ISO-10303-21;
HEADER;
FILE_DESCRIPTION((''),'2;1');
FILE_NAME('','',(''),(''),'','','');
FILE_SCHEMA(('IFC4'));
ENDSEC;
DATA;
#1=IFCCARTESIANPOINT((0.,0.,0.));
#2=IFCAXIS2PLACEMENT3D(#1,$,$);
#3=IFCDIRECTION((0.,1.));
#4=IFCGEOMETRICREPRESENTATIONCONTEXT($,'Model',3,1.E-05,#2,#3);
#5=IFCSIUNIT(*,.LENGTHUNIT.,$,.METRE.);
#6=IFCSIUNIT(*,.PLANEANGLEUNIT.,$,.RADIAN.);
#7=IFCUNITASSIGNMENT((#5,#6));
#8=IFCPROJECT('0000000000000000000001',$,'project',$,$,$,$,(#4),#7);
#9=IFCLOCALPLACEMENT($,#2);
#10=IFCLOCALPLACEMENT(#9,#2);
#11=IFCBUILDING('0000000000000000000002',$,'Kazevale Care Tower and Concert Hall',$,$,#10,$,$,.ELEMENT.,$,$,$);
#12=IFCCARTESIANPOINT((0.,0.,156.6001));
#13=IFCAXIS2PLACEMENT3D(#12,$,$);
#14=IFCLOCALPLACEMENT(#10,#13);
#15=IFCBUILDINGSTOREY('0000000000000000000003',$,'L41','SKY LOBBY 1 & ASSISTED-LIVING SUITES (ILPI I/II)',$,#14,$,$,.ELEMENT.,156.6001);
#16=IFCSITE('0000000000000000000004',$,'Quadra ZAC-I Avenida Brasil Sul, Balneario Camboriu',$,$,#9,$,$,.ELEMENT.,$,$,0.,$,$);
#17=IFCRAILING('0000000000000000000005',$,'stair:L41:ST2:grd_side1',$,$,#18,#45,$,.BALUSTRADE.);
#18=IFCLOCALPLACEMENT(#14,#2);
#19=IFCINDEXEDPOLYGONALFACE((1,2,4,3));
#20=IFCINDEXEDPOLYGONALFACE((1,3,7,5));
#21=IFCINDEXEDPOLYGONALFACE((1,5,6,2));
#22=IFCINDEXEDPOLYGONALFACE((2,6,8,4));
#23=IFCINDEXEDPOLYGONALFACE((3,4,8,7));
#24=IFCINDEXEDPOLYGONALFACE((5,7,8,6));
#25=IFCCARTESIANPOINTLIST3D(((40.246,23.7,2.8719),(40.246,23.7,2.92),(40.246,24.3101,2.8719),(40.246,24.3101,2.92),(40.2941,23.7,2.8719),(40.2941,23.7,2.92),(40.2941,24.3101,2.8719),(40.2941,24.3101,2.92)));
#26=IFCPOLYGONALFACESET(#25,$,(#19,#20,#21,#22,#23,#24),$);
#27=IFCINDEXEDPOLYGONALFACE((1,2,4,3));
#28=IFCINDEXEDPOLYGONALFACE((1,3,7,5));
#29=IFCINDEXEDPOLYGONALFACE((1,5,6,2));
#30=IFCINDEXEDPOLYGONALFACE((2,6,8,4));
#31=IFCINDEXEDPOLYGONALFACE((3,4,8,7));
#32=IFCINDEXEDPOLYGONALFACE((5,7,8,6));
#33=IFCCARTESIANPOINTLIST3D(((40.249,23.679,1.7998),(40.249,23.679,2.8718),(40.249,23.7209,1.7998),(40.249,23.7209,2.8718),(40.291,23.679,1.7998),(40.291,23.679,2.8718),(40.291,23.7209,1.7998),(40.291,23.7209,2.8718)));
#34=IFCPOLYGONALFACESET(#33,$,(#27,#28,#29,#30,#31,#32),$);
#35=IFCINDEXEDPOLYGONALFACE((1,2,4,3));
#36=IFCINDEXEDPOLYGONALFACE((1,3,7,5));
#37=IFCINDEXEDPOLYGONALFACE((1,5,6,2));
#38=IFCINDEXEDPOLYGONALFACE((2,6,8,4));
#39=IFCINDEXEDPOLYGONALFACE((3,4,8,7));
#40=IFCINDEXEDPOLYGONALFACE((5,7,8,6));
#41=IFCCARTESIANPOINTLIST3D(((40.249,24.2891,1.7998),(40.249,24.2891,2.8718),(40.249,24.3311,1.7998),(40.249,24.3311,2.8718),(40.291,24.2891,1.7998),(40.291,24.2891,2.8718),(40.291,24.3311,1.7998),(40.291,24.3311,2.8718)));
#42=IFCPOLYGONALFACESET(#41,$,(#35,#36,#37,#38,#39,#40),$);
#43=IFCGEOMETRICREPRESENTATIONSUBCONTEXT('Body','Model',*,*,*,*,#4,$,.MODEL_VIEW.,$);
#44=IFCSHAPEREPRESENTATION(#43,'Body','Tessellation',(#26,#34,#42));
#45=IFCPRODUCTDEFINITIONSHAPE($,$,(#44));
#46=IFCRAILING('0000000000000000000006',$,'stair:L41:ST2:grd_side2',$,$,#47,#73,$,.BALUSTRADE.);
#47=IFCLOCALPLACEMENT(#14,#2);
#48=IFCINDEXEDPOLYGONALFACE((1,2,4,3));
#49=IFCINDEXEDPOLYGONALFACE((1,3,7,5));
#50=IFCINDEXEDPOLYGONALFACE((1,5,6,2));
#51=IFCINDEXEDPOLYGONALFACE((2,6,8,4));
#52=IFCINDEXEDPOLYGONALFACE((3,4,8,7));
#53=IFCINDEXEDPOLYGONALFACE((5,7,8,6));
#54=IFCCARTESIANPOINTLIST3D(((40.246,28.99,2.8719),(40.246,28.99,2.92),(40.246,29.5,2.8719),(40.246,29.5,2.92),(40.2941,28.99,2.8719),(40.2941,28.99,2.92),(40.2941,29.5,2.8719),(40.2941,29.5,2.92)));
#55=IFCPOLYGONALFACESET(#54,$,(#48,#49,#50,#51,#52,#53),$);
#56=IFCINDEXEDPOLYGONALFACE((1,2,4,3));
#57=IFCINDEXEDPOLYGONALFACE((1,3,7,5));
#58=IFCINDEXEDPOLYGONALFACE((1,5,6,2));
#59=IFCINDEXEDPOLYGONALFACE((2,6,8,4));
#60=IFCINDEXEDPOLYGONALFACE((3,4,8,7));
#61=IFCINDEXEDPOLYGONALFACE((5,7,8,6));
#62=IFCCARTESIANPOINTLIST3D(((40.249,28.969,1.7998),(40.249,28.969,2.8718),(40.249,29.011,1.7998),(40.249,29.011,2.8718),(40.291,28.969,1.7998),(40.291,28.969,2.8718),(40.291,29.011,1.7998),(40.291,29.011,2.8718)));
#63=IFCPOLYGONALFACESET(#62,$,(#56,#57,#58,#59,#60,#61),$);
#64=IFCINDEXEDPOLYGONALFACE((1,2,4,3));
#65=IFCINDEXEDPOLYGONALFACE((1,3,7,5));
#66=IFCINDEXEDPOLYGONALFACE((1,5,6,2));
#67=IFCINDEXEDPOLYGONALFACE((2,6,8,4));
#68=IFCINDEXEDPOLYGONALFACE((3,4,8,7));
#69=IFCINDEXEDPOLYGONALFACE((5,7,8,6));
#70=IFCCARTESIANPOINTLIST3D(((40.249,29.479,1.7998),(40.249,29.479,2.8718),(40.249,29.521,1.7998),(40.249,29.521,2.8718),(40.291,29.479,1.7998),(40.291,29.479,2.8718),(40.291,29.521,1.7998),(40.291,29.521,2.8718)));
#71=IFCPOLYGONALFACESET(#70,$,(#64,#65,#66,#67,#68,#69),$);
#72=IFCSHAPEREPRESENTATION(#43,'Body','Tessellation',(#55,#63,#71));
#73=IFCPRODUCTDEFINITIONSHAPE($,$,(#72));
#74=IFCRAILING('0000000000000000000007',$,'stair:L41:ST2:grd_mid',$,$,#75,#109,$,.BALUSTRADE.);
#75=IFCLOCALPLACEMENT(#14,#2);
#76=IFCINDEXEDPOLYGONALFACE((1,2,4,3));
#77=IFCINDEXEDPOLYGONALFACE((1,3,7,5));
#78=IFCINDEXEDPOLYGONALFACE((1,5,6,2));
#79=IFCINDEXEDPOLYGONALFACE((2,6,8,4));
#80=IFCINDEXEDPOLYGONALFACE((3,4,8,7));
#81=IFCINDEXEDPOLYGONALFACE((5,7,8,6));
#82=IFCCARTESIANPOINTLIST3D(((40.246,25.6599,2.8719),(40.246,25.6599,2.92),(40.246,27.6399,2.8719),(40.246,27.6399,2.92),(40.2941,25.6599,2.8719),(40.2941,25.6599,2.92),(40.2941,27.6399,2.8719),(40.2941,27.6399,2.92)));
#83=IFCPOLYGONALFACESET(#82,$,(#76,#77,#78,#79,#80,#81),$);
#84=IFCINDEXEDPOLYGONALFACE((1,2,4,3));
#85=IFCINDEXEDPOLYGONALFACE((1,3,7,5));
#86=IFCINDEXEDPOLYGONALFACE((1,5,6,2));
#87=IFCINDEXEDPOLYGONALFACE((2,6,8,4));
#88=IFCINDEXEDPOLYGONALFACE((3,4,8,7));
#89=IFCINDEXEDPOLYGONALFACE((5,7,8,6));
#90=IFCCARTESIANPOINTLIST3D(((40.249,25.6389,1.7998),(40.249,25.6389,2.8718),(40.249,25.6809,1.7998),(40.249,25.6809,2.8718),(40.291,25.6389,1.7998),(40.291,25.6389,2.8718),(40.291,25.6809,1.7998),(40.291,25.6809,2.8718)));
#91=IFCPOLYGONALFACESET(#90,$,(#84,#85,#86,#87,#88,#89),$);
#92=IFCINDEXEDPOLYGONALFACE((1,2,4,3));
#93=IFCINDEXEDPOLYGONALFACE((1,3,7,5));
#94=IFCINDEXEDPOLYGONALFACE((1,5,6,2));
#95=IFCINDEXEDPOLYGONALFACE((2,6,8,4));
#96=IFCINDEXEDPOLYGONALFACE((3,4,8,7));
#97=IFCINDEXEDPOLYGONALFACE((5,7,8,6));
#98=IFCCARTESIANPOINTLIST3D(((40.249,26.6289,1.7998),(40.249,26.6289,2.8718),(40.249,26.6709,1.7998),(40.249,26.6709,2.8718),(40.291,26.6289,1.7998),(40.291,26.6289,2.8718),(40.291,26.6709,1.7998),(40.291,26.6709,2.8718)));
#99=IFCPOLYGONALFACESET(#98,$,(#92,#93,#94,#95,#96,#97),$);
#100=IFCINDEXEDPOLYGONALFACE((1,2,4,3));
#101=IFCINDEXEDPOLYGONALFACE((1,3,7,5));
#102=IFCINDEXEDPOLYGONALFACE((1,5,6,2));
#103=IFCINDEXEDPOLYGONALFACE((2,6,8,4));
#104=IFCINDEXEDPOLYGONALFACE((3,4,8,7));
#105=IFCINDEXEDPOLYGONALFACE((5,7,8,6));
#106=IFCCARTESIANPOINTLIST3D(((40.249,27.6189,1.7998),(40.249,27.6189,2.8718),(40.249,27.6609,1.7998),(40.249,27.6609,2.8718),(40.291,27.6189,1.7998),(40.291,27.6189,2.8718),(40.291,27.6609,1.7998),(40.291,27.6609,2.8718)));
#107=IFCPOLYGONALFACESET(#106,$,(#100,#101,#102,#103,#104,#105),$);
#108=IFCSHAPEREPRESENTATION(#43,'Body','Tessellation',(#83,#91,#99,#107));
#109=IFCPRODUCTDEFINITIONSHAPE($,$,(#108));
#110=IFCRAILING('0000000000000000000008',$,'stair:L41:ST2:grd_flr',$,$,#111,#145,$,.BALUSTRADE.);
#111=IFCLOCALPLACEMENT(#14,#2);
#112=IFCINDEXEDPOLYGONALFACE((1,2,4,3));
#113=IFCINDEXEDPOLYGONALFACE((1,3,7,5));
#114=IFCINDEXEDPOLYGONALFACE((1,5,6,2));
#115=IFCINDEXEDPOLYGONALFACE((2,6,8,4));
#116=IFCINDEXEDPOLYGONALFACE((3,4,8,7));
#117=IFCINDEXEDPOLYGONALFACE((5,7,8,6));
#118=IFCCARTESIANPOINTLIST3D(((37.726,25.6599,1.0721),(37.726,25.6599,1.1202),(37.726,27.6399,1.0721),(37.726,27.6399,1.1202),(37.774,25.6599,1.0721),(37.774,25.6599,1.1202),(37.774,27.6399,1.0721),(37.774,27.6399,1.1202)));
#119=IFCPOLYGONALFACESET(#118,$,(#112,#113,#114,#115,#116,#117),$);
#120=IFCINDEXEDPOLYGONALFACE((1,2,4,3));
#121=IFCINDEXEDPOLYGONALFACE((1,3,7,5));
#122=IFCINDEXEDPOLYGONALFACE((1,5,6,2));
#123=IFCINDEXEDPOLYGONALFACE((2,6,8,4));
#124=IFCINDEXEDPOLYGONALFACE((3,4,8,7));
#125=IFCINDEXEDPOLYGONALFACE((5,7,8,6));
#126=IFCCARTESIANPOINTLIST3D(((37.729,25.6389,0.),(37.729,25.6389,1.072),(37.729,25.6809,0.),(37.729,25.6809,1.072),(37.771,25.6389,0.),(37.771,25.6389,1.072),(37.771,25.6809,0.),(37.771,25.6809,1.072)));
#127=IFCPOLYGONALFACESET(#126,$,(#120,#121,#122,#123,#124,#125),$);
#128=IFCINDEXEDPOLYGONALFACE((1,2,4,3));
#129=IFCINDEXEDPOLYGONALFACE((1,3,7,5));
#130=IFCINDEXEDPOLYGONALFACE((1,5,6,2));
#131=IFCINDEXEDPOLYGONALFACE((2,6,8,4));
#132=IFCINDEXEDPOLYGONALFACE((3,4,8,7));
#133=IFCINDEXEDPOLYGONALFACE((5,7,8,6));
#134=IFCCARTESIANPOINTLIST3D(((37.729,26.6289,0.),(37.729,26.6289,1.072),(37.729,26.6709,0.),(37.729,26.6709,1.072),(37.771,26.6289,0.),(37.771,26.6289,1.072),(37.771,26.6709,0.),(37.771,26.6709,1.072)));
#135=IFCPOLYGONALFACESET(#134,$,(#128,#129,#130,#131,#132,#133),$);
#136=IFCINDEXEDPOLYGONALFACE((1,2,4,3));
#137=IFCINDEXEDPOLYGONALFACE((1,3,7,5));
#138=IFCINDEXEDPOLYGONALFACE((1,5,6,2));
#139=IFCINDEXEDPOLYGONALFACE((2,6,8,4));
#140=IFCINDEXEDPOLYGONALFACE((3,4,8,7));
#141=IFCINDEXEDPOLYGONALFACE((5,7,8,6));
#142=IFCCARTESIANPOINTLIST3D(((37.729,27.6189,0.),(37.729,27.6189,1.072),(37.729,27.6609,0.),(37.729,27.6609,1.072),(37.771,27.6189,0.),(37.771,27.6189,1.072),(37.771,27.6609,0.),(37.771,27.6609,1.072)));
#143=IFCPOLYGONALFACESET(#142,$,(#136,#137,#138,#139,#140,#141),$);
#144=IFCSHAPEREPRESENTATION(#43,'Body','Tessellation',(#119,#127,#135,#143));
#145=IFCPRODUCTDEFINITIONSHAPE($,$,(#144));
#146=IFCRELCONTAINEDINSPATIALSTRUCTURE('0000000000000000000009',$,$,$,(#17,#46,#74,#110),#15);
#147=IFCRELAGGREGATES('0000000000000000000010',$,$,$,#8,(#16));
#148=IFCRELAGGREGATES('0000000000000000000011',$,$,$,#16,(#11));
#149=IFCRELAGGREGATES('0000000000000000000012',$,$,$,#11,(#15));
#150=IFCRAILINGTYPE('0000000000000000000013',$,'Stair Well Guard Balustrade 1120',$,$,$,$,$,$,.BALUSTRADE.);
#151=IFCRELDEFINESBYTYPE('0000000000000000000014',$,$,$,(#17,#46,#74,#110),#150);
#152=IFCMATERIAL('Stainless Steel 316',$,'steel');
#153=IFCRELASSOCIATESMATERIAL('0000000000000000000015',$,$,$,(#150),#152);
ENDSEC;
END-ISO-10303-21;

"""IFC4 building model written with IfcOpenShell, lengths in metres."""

from ifc_helpers import new_model, si_unit, direction, frame, origin, origin_2d, place, context, subcontext, project, spatial, rectangle, extrude, material, type_object, element, save


model = new_model("IFC4")

# Units and contexts
model_context = context("Model", 3, precision=1e-05, world=origin(), true_north=direction((0.0, 1.0)))
body_context = subcontext(model_context, "Body", "Model", "MODEL_VIEW")
ifc_project = project(units=[si_unit("LENGTHUNIT", "METRE"), si_unit("PLANEANGLEUNIT", "RADIAN")], contexts=[model_context])

# Site, building, storey
site_placement = place(None, origin())
site = spatial("IfcSite", under=ifc_project, at=site_placement, Name="Quadra ZAC-I Avenida Brasil Sul, Balneario Camboriu", CompositionType="ELEMENT", RefElevation=0.0)
building_placement = place(site_placement, origin())
building = spatial("IfcBuilding", under=site, at=building_placement, Name="Kazevale Care Tower and Concert Hall", CompositionType="ELEMENT")
storey_placement = place(building_placement, frame((0.0, 0.0, 156.6001)))
storey = spatial("IfcBuildingStorey", under=building, at=storey_placement, Name="L41", Description="SKY LOBBY 1 & ASSISTED-LIVING SUITES (ILPI I/II)", CompositionType="ELEMENT", Elevation=156.6001)

# Railings
ifc_material_1 = material(Name="Stainless Steel 316", Category="steel")
railing_type_1 = type_object("IfcRailingType", Name="Stair Well Guard Balustrade 1120", PredefinedType="BALUSTRADE", material=ifc_material_1)
railing_1_placement = place(storey_placement, frame((40.27, 23.7, 1.7998)))
element("IfcRailing", 1, at=railing_1_placement, inside=storey, type_object=railing_type_1, Name="stair:L41:ST2:grd_side1", PredefinedType="BALUSTRADE", context=body_context, shape_type="SweptSolid", body=[
    extrude(rectangle(XDim=0.0481, YDim=0.0481, at=origin_2d()), frame((0.0, 0.0, 1.0962), z_axis=(0.0, 1.0, 0.0), x_axis=(-1.0, 0.0, 0.0)), (0.0, 0.0, 1.0), 0.6101),
    extrude(rectangle(XDim=0.042, YDim=0.042, at=origin_2d()), origin(), (0.0, 0.0, 1.0), 1.072),
    extrude(rectangle(XDim=0.042, YDim=0.042, at=origin_2d()), frame((0.0, 0.6101, 0.0)), (0.0, 0.0, 1.0), 1.072),
])
railing_2_placement = place(storey_placement, frame((40.27, 28.99, 1.7998)))
element("IfcRailing", 2, at=railing_2_placement, inside=storey, type_object=railing_type_1, Name="stair:L41:ST2:grd_side2", PredefinedType="BALUSTRADE", context=body_context, shape_type="SweptSolid", body=[
    extrude(rectangle(XDim=0.0481, YDim=0.0481, at=origin_2d()), frame((0.0, 0.0, 1.0962), z_axis=(0.0, 1.0, 0.0), x_axis=(-1.0, 0.0, 0.0)), (0.0, 0.0, 1.0), 0.51),
    extrude(rectangle(XDim=0.042, YDim=0.042, at=origin_2d()), origin(), (0.0, 0.0, 1.0), 1.072),
    extrude(rectangle(XDim=0.042, YDim=0.042, at=origin_2d()), frame((0.0, 0.51, 0.0)), (0.0, 0.0, 1.0), 1.072),
])
for number, where, name in (
    (3, (40.27, 25.6599, 1.7998), "stair:L41:ST2:grd_mid"),
    (4, (37.75, 25.6599, 0.0), "stair:L41:ST2:grd_flr"),
):
    element("IfcRailing", number, at=place(storey_placement, frame(where)), inside=storey, type_object=railing_type_1, Name=name, PredefinedType="BALUSTRADE", context=body_context, shape_type="SweptSolid", body=[
        extrude(rectangle(XDim=0.0481, YDim=0.0481, at=origin_2d()), frame((0.0, 0.0, 1.0962), z_axis=(0.0, 1.0, 0.0), x_axis=(-1.0, 0.0, 0.0)), (0.0, 0.0, 1.0), 1.98),
        extrude(rectangle(XDim=0.042, YDim=0.042, at=origin_2d()), origin(), (0.0, 0.0, 1.0), 1.072),
        extrude(rectangle(XDim=0.042, YDim=0.042, at=origin_2d()), frame((0.0, 0.99, 0.0)), (0.0, 0.0, 1.0), 1.072),
        extrude(rectangle(XDim=0.042, YDim=0.042, at=origin_2d()), frame((0.0, 1.98, 0.0)), (0.0, 0.0, 1.0), 1.072),
    ])

save(model, "model.ifc")
